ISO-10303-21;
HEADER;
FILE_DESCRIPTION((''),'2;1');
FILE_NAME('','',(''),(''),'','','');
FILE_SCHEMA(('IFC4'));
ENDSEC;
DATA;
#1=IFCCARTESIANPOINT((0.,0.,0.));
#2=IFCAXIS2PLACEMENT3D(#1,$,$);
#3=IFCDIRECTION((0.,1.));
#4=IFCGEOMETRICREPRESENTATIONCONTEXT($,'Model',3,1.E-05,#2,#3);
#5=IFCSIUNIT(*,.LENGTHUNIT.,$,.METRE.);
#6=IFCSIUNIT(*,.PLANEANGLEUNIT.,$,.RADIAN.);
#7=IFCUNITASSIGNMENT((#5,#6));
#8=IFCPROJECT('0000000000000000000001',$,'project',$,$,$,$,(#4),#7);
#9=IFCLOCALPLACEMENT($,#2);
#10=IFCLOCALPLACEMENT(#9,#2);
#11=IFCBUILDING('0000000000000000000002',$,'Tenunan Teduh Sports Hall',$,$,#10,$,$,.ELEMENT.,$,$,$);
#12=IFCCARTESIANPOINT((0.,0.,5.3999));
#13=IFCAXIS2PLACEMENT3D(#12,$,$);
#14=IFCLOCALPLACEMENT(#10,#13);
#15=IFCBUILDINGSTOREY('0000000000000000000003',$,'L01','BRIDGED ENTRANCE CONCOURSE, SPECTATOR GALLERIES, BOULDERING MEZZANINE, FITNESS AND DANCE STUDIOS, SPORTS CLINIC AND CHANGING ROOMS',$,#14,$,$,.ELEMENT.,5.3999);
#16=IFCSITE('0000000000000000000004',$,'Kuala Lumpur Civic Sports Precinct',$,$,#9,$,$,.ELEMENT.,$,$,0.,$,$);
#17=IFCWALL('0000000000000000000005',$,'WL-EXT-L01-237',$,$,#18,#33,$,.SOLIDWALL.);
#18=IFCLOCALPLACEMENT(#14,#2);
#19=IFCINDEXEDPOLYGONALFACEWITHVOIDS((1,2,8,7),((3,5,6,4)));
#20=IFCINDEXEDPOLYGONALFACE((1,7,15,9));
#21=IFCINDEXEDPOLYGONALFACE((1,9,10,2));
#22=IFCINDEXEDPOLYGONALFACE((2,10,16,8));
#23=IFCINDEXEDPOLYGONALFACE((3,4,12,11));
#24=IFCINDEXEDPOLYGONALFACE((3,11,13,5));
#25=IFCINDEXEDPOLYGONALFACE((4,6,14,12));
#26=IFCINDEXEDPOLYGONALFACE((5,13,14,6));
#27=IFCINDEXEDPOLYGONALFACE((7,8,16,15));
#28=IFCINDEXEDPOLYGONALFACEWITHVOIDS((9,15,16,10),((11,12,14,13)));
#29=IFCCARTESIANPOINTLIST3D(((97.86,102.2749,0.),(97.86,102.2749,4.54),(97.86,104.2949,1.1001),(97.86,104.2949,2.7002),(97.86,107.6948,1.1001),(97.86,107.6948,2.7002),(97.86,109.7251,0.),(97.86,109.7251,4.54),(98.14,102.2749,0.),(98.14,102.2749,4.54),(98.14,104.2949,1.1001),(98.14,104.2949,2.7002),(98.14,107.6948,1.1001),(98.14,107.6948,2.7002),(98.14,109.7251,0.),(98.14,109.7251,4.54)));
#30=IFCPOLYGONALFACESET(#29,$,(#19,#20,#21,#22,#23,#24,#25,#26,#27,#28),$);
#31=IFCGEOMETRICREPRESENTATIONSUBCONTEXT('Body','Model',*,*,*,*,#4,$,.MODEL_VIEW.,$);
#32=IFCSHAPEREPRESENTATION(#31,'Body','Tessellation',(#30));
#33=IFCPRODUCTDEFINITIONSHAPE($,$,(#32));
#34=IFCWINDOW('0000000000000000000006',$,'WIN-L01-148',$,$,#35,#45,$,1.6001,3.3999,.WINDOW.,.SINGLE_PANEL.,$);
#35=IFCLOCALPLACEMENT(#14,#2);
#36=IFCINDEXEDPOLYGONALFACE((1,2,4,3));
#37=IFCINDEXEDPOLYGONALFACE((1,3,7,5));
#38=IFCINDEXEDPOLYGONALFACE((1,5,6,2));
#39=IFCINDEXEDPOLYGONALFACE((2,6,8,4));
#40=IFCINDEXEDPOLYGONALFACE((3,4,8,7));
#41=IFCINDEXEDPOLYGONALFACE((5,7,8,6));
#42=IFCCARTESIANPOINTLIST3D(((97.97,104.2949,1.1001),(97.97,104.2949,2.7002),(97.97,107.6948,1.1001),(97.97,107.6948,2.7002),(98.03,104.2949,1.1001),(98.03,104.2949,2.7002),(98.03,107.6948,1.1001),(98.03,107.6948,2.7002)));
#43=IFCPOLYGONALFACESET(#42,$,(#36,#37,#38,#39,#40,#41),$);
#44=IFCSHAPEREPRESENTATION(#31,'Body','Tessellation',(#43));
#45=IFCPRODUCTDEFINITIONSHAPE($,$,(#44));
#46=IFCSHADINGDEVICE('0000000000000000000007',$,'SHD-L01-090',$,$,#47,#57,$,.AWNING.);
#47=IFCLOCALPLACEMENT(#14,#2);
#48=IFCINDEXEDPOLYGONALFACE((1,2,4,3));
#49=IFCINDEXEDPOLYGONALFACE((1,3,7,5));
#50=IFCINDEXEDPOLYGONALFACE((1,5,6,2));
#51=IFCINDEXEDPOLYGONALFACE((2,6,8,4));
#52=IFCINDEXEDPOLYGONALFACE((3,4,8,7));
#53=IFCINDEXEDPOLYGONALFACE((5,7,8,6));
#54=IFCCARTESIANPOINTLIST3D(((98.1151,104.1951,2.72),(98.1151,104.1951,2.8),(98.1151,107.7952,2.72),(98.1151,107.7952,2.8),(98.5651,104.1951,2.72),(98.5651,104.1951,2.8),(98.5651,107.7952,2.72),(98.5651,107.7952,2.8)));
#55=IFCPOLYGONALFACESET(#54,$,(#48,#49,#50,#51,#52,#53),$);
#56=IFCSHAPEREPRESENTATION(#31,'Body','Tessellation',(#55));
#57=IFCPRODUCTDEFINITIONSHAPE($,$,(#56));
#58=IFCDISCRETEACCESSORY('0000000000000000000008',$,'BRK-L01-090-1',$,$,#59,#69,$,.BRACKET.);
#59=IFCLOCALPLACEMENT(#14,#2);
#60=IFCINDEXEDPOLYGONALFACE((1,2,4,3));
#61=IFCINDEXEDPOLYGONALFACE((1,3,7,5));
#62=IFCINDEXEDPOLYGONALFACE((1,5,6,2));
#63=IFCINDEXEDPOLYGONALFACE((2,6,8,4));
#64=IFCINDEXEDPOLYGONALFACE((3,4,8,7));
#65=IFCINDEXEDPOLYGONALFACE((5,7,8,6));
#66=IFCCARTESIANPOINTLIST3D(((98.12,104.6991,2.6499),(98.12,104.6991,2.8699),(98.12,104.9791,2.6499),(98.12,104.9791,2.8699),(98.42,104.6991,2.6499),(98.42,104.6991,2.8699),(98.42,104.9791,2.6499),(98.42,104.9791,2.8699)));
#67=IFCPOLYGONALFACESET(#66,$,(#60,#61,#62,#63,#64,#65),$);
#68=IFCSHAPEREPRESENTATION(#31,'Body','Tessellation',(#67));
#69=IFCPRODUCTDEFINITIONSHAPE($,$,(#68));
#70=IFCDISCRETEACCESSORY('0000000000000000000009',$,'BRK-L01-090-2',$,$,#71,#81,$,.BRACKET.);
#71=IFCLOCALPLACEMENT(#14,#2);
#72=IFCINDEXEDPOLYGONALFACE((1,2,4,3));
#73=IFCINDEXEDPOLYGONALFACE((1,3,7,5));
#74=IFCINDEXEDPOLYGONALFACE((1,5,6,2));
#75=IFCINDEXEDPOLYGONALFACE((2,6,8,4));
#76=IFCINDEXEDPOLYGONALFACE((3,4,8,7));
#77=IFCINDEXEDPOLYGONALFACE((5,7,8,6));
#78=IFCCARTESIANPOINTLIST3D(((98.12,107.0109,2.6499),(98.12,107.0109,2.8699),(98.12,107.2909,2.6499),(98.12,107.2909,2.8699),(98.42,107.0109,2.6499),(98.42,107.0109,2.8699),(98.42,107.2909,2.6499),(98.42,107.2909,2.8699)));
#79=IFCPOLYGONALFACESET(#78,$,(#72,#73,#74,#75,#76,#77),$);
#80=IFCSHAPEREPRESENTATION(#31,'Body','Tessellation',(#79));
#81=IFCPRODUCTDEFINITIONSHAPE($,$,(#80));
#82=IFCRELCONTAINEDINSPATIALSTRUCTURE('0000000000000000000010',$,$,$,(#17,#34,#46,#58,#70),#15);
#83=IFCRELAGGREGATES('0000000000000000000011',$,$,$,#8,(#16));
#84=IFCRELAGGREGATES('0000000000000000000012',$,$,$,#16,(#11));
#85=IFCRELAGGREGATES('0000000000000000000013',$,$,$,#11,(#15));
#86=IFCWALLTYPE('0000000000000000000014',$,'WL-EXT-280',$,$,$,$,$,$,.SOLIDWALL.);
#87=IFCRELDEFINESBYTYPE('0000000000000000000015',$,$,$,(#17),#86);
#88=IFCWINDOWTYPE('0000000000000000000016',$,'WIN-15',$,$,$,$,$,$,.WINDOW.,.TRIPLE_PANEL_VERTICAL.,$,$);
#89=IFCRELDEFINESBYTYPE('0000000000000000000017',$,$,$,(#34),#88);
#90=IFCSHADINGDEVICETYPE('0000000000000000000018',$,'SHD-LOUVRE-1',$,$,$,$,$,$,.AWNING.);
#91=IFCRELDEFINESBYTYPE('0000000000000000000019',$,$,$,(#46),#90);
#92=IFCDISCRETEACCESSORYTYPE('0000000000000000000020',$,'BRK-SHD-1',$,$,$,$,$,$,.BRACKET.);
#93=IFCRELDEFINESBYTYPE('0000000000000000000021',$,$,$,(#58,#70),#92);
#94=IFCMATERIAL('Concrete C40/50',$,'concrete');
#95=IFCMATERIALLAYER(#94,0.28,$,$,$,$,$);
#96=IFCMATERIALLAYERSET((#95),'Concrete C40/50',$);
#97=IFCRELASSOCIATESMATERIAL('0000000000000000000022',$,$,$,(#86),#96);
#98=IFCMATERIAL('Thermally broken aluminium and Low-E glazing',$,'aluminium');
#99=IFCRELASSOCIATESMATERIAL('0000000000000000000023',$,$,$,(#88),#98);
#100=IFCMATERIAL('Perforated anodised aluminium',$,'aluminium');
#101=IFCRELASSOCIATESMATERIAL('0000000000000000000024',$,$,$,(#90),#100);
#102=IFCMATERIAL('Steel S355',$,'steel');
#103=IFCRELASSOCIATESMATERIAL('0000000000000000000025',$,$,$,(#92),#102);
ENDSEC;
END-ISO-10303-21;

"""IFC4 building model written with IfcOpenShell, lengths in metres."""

from ifc_helpers import new_model, si_unit, direction, frame, frame_2d, origin, origin_2d, place, context, subcontext, project, spatial, rectangle, extrude, material, layer, layer_set, type_object, element, fill, save


model = new_model("IFC4")

# Units and contexts
model_context = context("Model", 3, precision=1e-05, world=origin(), true_north=direction((0.0, 1.0)))
body_context = subcontext(model_context, "Body", "Model", "MODEL_VIEW")
ifc_project = project(units=[si_unit("LENGTHUNIT", "METRE"), si_unit("PLANEANGLEUNIT", "RADIAN")], contexts=[model_context])

# Site, building, storey
site_placement = place(None, origin())
site = spatial("IfcSite", under=ifc_project, at=site_placement, Name="Kuala Lumpur Civic Sports Precinct", CompositionType="ELEMENT", RefElevation=0.0)
building_placement = place(site_placement, origin())
building = spatial("IfcBuilding", under=site, at=building_placement, Name="Tenunan Teduh Sports Hall", CompositionType="ELEMENT")
storey_placement = place(building_placement, frame((0.0, 0.0, 5.3999)))
storey = spatial("IfcBuildingStorey", under=building, at=storey_placement, Name="L01", Description="BRIDGED ENTRANCE CONCOURSE, SPECTATOR GALLERIES, BOULDERING MEZZANINE, FITNESS AND DANCE STUDIOS, SPORTS CLINIC AND CHANGING ROOMS", CompositionType="ELEMENT", Elevation=5.3999)

# Wall, opening, window
ifc_material_1 = material(Name="Concrete C40/50", Category="concrete")
ifc_layer_1 = layer(ifc_material_1, 0.28)
ifc_layer_set_1 = layer_set([ifc_layer_1], Name="Concrete C40/50")
wall_type = type_object("IfcWallType", Name="WL-EXT-280", PredefinedType="SOLIDWALL", material=ifc_layer_set_1)
wall_placement = place(storey_placement, frame((98.0, 102.2749, 0.0), z_axis=(0.0, 0.0, 1.0), x_axis=(0.0, 1.0, 0.0)))
wall = element("IfcWall", 1, at=wall_placement, inside=storey, type_object=wall_type, Name="WL-EXT-L01-237", PredefinedType="SOLIDWALL", context=body_context, shape_type="SweptSolid", body=[
    extrude(rectangle(XDim=7.4502, YDim=0.28, at=frame_2d((3.7251, 0.0))), origin(), (0.0, 0.0, 1.0), 4.54),
])
opening_placement = place(wall_placement, frame((2.02, 0.0, 1.1001)))
opening = element("IfcOpeningElement", 2, at=opening_placement, cuts=wall, PredefinedType="OPENING", context=body_context, shape_type="SweptSolid", body=[
    extrude(rectangle(XDim=3.3999, YDim=1.6001, at=frame_2d((1.7, 0.8))), frame((0.0, 0.1499, 0.0), z_axis=(0.0, -1.0, 0.0), x_axis=(1.0, 0.0, 0.0)), (0.0, 0.0, 1.0), 0.3),
])
ifc_material_2 = material(Name="Thermally broken aluminium and Low-E glazing", Category="aluminium")
window_type = type_object("IfcWindowType", Name="WIN-15", PartitioningType="TRIPLE_PANEL_VERTICAL", PredefinedType="WINDOW", material=ifc_material_2)
window_placement = place(opening_placement, origin())
window = element("IfcWindow", 3, at=window_placement, inside=storey, type_object=window_type, Name="WIN-L01-148", OverallHeight=1.6001, OverallWidth=3.3999, PartitioningType="SINGLE_PANEL", PredefinedType="WINDOW", context=body_context, shape_type="SweptSolid", body=[
    extrude(rectangle(XDim=3.3999, YDim=1.6001, at=frame_2d((1.7, 0.8))), frame((0.0, 0.03, 0.0), z_axis=(0.0, -1.0, 0.0), x_axis=(1.0, 0.0, 0.0)), (0.0, 0.0, 1.0), 0.0601),
])
fill(opening, window)

# Shading device
ifc_material_3 = material(Name="Perforated anodised aluminium", Category="aluminium")
shading_device_type = type_object("IfcShadingDeviceType", Name="SHD-LOUVRE-1", PredefinedType="AWNING", material=ifc_material_3)
shading_device_placement = place(storey_placement, frame((98.3401, 105.9951, 2.72), z_axis=(0.0, 0.0, 1.0), x_axis=(0.0, 1.0, 0.0)))
element("IfcShadingDevice", 4, at=shading_device_placement, inside=storey, type_object=shading_device_type, Name="SHD-L01-090", PredefinedType="AWNING", context=body_context, shape_type="SweptSolid", body=[
    extrude(rectangle(XDim=3.6001, YDim=0.45, at=origin_2d()), origin(), (0.0, 0.0, 1.0), 0.0801),
])

# Discrete accessories
ifc_material_4 = material(Name="Steel S355", Category="steel")
discrete_accessory_type = type_object("IfcDiscreteAccessoryType", Name="BRK-SHD-1", PredefinedType="BRACKET", material=ifc_material_4)
for number, where, z_axis, x_axis, name in (
    (5, (98.27, 104.8391, 2.6499), (0.0, 0.0, 1.0), (0.0, 1.0, 0.0), "BRK-L01-090-1"),
    (6, (98.27, 107.1509, 2.6499), (0.0, 0.0, 1.0), (0.0, 1.0, 0.0), "BRK-L01-090-2"),
):
    element("IfcDiscreteAccessory", number, at=place(storey_placement, frame(where, z_axis=z_axis, x_axis=x_axis)), inside=storey, type_object=discrete_accessory_type, Name=name, PredefinedType="BRACKET", context=body_context, shape_type="SweptSolid", body=[
        extrude(rectangle(XDim=0.28, YDim=0.3, at=origin_2d()), origin(), (0.0, 0.0, 1.0), 0.22),
    ])

save(model, "model.ifc")
